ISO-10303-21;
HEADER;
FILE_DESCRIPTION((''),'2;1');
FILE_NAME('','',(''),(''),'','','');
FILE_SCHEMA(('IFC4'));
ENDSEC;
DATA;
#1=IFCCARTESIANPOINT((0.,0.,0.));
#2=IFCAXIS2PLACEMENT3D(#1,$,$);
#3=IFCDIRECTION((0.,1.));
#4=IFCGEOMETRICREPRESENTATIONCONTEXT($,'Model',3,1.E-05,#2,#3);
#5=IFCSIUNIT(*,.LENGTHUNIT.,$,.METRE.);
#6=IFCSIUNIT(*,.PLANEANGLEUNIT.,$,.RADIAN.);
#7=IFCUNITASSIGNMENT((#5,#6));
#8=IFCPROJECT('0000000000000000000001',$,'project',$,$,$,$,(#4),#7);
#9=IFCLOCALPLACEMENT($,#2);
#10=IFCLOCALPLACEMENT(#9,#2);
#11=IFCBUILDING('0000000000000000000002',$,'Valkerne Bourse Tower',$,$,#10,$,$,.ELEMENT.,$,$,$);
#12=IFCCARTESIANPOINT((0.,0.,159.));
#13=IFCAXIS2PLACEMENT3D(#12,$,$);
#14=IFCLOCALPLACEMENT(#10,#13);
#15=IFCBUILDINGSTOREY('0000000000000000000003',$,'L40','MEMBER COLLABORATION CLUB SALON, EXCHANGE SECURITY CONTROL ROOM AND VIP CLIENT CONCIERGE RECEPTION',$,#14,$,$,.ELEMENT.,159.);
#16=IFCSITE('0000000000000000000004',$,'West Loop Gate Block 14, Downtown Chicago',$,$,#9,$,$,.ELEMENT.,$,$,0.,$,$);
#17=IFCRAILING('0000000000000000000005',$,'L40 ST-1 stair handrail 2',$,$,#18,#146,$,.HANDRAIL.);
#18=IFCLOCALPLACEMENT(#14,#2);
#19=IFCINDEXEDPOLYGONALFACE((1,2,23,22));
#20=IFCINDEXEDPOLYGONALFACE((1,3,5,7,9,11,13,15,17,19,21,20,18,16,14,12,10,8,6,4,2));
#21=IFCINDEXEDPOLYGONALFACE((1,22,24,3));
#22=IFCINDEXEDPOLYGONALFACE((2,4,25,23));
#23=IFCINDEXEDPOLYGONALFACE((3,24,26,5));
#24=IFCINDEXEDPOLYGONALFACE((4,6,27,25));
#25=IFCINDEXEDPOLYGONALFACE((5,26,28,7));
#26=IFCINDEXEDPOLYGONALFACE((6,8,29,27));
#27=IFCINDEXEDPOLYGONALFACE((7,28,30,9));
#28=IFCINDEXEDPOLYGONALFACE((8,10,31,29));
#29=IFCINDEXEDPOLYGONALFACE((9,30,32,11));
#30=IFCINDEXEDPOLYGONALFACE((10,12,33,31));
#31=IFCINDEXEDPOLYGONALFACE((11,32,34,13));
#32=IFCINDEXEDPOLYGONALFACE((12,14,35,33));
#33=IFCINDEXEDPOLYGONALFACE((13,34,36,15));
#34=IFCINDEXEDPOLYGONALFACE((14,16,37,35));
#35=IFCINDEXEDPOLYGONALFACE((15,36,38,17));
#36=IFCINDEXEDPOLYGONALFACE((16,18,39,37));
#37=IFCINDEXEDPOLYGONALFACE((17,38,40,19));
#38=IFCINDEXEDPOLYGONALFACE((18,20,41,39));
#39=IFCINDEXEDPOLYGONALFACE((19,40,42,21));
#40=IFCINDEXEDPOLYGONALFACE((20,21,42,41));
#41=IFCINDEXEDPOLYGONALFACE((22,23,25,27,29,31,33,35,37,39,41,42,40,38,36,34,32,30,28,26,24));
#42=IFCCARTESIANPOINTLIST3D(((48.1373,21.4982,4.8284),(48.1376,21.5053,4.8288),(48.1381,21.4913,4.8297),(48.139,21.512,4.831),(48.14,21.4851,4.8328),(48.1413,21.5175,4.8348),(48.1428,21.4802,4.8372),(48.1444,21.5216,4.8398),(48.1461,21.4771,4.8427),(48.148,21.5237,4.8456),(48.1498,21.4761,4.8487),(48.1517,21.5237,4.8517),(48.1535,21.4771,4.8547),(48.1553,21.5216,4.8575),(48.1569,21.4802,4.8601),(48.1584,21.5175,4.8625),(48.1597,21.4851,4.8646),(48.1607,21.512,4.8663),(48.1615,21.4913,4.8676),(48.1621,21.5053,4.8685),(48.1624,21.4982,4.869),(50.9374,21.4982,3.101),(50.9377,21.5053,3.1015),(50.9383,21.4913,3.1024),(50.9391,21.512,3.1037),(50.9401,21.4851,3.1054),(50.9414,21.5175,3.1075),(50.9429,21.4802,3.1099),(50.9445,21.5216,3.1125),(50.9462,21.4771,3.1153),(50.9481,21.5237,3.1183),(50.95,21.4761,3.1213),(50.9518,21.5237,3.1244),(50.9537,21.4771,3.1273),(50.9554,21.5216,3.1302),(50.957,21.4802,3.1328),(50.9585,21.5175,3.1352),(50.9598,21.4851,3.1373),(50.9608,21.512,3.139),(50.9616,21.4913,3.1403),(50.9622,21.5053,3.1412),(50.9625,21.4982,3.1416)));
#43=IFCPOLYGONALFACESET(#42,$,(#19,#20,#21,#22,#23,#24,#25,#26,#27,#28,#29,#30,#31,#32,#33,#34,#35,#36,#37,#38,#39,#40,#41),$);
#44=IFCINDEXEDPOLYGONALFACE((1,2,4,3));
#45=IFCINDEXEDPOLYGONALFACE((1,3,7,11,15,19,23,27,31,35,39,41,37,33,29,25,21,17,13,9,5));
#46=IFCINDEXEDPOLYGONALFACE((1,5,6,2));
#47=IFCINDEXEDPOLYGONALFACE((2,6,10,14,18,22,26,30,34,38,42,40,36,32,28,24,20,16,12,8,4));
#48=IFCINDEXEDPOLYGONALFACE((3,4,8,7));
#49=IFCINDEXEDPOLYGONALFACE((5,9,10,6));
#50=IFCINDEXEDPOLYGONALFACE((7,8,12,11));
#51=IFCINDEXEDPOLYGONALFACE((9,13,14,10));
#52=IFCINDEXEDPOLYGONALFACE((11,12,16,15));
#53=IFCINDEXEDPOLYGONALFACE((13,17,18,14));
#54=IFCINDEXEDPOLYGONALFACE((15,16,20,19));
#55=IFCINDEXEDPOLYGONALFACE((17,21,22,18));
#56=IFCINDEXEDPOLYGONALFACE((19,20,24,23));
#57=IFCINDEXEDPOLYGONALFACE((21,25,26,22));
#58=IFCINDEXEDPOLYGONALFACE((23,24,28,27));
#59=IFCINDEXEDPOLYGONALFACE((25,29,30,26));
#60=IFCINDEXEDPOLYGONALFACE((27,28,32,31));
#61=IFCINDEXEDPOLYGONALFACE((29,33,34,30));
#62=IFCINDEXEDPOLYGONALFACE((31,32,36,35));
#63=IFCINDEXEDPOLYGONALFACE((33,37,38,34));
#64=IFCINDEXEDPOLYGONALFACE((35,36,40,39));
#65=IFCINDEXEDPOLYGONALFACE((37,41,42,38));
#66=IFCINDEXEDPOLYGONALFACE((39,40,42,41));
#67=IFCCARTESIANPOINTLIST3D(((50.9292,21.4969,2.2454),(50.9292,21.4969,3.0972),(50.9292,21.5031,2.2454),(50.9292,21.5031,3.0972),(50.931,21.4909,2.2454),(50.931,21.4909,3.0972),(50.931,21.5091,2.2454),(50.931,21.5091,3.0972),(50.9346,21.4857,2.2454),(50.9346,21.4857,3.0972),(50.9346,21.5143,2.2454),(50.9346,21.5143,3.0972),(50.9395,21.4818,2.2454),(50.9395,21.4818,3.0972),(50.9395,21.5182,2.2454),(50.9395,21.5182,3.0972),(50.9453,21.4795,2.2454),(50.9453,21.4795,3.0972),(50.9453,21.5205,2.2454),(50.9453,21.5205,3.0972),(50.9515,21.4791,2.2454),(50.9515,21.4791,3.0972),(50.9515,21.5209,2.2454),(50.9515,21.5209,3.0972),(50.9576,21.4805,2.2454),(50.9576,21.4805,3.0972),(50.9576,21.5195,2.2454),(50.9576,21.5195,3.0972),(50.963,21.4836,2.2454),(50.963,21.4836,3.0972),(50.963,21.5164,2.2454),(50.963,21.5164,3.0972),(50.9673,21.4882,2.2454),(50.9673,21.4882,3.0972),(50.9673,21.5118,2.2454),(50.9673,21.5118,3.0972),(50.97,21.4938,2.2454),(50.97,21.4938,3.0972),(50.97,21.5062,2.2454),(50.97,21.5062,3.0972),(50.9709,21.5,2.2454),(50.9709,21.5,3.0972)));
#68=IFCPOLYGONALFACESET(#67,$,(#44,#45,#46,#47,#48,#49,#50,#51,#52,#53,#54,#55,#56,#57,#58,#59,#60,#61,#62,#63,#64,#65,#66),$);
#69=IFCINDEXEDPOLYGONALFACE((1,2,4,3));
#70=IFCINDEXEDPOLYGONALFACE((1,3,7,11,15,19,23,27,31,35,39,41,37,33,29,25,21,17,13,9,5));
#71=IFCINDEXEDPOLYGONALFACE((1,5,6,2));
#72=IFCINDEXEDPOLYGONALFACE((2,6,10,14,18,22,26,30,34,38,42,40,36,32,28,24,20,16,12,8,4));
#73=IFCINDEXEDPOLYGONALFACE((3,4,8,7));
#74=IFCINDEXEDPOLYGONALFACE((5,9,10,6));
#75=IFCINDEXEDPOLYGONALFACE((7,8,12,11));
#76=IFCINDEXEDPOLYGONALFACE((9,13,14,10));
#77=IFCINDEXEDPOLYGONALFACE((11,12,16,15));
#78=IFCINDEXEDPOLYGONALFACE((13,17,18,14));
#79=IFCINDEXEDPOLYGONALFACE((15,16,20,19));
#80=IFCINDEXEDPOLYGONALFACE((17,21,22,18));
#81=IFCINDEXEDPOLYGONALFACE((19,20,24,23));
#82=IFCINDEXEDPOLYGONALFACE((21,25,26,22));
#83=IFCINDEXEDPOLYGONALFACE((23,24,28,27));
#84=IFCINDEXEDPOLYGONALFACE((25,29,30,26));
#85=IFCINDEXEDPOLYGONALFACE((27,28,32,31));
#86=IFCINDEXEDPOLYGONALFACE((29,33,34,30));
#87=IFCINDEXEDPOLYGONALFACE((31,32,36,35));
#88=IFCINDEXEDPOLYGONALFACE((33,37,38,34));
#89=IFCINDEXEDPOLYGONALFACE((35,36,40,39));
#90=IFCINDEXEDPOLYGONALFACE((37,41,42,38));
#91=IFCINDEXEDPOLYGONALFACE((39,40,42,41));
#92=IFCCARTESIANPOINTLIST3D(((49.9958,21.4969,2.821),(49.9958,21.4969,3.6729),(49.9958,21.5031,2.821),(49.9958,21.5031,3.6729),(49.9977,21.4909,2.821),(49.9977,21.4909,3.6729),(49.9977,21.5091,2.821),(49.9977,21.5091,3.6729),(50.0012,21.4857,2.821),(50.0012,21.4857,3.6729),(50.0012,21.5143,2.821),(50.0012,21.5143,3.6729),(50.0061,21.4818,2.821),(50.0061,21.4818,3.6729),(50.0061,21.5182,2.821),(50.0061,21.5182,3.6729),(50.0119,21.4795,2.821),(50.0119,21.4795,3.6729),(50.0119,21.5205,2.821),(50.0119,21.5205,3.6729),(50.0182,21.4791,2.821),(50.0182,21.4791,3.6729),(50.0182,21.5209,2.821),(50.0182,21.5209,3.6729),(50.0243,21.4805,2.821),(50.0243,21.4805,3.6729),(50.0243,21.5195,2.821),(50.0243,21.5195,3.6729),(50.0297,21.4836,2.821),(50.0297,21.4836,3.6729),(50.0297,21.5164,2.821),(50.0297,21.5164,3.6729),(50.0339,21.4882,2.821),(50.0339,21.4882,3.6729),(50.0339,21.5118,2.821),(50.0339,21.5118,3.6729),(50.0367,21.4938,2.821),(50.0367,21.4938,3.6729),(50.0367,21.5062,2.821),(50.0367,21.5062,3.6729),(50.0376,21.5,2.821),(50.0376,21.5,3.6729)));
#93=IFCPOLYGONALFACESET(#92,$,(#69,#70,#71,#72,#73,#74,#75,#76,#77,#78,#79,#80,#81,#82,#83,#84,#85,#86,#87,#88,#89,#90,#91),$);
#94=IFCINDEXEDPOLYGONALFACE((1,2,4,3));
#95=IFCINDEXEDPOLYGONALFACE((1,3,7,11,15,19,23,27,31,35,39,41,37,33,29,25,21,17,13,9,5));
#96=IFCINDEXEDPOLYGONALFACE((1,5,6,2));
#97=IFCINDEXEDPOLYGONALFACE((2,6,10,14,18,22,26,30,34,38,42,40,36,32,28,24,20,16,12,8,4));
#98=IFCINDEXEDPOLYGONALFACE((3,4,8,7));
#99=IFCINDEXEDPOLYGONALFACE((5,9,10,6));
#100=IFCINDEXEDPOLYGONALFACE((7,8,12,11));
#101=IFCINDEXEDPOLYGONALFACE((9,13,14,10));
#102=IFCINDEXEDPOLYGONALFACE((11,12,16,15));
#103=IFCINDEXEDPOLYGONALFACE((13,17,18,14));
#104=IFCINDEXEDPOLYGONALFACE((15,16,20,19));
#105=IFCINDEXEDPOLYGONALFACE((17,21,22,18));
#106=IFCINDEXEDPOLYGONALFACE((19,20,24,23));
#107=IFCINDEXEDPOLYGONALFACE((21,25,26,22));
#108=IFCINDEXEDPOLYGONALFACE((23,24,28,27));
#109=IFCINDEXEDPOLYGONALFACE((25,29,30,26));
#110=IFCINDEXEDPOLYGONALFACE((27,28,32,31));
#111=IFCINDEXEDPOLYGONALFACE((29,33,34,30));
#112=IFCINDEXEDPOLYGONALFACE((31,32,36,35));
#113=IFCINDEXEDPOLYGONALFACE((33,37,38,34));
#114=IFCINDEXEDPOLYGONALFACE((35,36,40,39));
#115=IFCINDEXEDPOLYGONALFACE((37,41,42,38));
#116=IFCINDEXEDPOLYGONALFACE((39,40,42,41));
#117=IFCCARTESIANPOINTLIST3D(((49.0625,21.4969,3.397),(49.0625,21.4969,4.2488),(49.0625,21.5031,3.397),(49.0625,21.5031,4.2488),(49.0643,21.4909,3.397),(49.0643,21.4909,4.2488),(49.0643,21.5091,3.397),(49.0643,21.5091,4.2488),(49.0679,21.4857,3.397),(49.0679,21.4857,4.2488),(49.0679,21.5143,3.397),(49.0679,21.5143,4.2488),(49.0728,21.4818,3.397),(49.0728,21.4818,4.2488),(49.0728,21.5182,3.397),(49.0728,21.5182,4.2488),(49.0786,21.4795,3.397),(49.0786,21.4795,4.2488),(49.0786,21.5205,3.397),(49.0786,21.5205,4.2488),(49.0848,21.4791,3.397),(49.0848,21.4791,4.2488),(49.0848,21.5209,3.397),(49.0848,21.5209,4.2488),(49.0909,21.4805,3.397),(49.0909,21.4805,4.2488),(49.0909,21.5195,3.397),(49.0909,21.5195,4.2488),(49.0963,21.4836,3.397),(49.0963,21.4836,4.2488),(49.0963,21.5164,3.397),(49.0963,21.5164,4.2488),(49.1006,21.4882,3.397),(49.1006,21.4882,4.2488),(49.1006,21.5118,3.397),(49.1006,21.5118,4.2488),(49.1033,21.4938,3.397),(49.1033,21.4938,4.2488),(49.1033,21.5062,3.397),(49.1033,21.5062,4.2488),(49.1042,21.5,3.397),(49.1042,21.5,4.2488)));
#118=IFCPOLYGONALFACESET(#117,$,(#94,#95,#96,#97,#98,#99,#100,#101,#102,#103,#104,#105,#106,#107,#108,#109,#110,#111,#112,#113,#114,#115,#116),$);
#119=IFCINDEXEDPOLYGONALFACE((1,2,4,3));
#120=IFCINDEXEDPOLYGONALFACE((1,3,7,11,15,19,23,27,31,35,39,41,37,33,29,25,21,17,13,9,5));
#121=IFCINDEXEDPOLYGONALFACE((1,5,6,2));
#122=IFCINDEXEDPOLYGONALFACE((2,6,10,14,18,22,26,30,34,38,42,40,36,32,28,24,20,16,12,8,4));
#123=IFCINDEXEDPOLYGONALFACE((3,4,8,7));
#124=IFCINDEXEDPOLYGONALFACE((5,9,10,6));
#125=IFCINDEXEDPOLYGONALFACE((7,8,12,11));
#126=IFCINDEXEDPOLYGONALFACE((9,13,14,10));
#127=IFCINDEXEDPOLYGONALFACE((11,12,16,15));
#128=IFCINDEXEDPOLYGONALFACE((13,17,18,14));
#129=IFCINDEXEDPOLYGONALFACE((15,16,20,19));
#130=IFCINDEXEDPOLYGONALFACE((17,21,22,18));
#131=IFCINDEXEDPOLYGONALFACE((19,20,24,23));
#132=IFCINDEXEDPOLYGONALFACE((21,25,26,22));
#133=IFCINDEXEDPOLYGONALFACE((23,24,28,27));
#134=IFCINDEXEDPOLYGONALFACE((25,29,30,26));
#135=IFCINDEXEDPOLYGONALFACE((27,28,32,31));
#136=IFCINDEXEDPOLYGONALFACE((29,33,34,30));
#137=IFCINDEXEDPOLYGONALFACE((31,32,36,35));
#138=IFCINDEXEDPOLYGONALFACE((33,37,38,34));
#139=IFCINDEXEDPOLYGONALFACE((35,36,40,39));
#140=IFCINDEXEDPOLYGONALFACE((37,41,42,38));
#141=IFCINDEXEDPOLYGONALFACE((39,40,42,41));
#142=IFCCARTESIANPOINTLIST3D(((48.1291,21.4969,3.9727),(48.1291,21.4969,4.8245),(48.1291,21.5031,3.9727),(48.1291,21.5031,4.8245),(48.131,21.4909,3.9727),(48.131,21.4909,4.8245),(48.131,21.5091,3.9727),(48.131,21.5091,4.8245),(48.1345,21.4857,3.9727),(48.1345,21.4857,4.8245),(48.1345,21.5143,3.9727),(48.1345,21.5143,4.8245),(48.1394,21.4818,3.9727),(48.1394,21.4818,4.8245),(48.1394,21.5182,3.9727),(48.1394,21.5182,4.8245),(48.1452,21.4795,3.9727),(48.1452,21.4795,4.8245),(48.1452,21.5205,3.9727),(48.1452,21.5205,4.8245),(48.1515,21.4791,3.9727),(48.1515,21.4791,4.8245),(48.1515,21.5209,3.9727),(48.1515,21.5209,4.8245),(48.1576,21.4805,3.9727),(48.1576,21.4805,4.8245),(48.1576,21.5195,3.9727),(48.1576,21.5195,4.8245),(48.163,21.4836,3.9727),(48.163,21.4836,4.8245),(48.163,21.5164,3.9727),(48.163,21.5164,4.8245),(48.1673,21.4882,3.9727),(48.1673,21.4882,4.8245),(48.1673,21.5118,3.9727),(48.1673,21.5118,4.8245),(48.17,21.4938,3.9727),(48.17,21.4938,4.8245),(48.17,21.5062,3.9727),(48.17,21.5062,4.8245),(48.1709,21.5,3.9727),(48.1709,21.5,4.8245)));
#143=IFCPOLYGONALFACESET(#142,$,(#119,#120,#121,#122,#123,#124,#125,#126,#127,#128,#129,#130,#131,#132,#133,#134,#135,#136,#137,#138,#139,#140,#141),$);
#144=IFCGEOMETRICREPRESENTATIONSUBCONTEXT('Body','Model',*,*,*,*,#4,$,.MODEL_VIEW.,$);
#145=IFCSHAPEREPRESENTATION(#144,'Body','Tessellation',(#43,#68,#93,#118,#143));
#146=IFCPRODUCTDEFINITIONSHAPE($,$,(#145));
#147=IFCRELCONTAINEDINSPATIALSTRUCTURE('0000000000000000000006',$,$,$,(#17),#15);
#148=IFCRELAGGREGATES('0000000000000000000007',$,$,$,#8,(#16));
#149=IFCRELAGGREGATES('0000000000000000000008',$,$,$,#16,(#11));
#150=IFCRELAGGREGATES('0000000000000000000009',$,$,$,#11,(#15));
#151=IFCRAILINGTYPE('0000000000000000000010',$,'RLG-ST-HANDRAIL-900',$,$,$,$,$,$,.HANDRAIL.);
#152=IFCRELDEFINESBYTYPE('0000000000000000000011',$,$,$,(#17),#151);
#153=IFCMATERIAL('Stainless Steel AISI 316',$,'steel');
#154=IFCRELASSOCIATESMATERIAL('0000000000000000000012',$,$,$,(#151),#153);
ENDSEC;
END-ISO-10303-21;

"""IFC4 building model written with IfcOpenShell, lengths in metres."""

from ifc_helpers import new_model, si_unit, direction, frame, origin, origin_2d, place, context, subcontext, project, spatial, circle, extrude, material, type_object, element, save


model = new_model("IFC4")

# Units and contexts
model_context = context("Model", 3, precision=1e-05, world=origin(), true_north=direction((0.0, 1.0)))
body_context = subcontext(model_context, "Body", "Model", "MODEL_VIEW")
ifc_project = project(units=[si_unit("LENGTHUNIT", "METRE"), si_unit("PLANEANGLEUNIT", "RADIAN")], contexts=[model_context])

# Site, building, storey
site_placement = place(None, origin())
site = spatial("IfcSite", under=ifc_project, at=site_placement, Name="West Loop Gate Block 14, Downtown Chicago", CompositionType="ELEMENT", RefElevation=0.0)
building_placement = place(site_placement, origin())
building = spatial("IfcBuilding", under=site, at=building_placement, Name="Valkerne Bourse Tower", CompositionType="ELEMENT")
storey_placement = place(building_placement, frame((0.0, 0.0, 159.0)))
storey = spatial("IfcBuildingStorey", under=building, at=storey_placement, Name="L40", Description="MEMBER COLLABORATION CLUB SALON, EXCHANGE SECURITY CONTROL ROOM AND VIP CLIENT CONCIERGE RECEPTION", CompositionType="ELEMENT", Elevation=159.0)

# Shared definitions
ifc_material_1 = material(Name="Stainless Steel AISI 316", Category="steel")

# Railing
railing_type_1 = type_object("IfcRailingType", Name="RLG-ST-HANDRAIL-900", PredefinedType="HANDRAIL", material=ifc_material_1)
railing_1_placement = place(storey_placement, frame((50.95, 21.5, 2.2454)))
element("IfcRailing", 1, at=railing_1_placement, inside=storey, type_object=railing_type_1, Name="L40 ST-1 stair handrail 2", PredefinedType="HANDRAIL", context=body_context, shape_type="SweptSolid", body=[
    extrude(circle(Radius=0.0239, at=origin_2d()), frame((0.0, 0.0, 0.876), z_axis=(-0.85109, 0.0, 0.52502), x_axis=(0.0, -1.0, 0.0)), (0.0, 0.0, 1.0), 3.29),
    extrude(circle(Radius=0.021, at=origin_2d()), origin(), (0.0, 0.0, 1.0), 0.8518),
    extrude(circle(Radius=0.021, at=origin_2d()), frame((-0.9333, 0.0, 0.5757)), (0.0, 0.0, 1.0), 0.8518),
    extrude(circle(Radius=0.021, at=origin_2d()), frame((-1.8667, 0.0, 1.1516)), (0.0, 0.0, 1.0), 0.8518),
    extrude(circle(Radius=0.021, at=origin_2d()), frame((-2.8, 0.0, 1.7273)), (0.0, 0.0, 1.0), 0.8518),
])

save(model, "model.ifc")
